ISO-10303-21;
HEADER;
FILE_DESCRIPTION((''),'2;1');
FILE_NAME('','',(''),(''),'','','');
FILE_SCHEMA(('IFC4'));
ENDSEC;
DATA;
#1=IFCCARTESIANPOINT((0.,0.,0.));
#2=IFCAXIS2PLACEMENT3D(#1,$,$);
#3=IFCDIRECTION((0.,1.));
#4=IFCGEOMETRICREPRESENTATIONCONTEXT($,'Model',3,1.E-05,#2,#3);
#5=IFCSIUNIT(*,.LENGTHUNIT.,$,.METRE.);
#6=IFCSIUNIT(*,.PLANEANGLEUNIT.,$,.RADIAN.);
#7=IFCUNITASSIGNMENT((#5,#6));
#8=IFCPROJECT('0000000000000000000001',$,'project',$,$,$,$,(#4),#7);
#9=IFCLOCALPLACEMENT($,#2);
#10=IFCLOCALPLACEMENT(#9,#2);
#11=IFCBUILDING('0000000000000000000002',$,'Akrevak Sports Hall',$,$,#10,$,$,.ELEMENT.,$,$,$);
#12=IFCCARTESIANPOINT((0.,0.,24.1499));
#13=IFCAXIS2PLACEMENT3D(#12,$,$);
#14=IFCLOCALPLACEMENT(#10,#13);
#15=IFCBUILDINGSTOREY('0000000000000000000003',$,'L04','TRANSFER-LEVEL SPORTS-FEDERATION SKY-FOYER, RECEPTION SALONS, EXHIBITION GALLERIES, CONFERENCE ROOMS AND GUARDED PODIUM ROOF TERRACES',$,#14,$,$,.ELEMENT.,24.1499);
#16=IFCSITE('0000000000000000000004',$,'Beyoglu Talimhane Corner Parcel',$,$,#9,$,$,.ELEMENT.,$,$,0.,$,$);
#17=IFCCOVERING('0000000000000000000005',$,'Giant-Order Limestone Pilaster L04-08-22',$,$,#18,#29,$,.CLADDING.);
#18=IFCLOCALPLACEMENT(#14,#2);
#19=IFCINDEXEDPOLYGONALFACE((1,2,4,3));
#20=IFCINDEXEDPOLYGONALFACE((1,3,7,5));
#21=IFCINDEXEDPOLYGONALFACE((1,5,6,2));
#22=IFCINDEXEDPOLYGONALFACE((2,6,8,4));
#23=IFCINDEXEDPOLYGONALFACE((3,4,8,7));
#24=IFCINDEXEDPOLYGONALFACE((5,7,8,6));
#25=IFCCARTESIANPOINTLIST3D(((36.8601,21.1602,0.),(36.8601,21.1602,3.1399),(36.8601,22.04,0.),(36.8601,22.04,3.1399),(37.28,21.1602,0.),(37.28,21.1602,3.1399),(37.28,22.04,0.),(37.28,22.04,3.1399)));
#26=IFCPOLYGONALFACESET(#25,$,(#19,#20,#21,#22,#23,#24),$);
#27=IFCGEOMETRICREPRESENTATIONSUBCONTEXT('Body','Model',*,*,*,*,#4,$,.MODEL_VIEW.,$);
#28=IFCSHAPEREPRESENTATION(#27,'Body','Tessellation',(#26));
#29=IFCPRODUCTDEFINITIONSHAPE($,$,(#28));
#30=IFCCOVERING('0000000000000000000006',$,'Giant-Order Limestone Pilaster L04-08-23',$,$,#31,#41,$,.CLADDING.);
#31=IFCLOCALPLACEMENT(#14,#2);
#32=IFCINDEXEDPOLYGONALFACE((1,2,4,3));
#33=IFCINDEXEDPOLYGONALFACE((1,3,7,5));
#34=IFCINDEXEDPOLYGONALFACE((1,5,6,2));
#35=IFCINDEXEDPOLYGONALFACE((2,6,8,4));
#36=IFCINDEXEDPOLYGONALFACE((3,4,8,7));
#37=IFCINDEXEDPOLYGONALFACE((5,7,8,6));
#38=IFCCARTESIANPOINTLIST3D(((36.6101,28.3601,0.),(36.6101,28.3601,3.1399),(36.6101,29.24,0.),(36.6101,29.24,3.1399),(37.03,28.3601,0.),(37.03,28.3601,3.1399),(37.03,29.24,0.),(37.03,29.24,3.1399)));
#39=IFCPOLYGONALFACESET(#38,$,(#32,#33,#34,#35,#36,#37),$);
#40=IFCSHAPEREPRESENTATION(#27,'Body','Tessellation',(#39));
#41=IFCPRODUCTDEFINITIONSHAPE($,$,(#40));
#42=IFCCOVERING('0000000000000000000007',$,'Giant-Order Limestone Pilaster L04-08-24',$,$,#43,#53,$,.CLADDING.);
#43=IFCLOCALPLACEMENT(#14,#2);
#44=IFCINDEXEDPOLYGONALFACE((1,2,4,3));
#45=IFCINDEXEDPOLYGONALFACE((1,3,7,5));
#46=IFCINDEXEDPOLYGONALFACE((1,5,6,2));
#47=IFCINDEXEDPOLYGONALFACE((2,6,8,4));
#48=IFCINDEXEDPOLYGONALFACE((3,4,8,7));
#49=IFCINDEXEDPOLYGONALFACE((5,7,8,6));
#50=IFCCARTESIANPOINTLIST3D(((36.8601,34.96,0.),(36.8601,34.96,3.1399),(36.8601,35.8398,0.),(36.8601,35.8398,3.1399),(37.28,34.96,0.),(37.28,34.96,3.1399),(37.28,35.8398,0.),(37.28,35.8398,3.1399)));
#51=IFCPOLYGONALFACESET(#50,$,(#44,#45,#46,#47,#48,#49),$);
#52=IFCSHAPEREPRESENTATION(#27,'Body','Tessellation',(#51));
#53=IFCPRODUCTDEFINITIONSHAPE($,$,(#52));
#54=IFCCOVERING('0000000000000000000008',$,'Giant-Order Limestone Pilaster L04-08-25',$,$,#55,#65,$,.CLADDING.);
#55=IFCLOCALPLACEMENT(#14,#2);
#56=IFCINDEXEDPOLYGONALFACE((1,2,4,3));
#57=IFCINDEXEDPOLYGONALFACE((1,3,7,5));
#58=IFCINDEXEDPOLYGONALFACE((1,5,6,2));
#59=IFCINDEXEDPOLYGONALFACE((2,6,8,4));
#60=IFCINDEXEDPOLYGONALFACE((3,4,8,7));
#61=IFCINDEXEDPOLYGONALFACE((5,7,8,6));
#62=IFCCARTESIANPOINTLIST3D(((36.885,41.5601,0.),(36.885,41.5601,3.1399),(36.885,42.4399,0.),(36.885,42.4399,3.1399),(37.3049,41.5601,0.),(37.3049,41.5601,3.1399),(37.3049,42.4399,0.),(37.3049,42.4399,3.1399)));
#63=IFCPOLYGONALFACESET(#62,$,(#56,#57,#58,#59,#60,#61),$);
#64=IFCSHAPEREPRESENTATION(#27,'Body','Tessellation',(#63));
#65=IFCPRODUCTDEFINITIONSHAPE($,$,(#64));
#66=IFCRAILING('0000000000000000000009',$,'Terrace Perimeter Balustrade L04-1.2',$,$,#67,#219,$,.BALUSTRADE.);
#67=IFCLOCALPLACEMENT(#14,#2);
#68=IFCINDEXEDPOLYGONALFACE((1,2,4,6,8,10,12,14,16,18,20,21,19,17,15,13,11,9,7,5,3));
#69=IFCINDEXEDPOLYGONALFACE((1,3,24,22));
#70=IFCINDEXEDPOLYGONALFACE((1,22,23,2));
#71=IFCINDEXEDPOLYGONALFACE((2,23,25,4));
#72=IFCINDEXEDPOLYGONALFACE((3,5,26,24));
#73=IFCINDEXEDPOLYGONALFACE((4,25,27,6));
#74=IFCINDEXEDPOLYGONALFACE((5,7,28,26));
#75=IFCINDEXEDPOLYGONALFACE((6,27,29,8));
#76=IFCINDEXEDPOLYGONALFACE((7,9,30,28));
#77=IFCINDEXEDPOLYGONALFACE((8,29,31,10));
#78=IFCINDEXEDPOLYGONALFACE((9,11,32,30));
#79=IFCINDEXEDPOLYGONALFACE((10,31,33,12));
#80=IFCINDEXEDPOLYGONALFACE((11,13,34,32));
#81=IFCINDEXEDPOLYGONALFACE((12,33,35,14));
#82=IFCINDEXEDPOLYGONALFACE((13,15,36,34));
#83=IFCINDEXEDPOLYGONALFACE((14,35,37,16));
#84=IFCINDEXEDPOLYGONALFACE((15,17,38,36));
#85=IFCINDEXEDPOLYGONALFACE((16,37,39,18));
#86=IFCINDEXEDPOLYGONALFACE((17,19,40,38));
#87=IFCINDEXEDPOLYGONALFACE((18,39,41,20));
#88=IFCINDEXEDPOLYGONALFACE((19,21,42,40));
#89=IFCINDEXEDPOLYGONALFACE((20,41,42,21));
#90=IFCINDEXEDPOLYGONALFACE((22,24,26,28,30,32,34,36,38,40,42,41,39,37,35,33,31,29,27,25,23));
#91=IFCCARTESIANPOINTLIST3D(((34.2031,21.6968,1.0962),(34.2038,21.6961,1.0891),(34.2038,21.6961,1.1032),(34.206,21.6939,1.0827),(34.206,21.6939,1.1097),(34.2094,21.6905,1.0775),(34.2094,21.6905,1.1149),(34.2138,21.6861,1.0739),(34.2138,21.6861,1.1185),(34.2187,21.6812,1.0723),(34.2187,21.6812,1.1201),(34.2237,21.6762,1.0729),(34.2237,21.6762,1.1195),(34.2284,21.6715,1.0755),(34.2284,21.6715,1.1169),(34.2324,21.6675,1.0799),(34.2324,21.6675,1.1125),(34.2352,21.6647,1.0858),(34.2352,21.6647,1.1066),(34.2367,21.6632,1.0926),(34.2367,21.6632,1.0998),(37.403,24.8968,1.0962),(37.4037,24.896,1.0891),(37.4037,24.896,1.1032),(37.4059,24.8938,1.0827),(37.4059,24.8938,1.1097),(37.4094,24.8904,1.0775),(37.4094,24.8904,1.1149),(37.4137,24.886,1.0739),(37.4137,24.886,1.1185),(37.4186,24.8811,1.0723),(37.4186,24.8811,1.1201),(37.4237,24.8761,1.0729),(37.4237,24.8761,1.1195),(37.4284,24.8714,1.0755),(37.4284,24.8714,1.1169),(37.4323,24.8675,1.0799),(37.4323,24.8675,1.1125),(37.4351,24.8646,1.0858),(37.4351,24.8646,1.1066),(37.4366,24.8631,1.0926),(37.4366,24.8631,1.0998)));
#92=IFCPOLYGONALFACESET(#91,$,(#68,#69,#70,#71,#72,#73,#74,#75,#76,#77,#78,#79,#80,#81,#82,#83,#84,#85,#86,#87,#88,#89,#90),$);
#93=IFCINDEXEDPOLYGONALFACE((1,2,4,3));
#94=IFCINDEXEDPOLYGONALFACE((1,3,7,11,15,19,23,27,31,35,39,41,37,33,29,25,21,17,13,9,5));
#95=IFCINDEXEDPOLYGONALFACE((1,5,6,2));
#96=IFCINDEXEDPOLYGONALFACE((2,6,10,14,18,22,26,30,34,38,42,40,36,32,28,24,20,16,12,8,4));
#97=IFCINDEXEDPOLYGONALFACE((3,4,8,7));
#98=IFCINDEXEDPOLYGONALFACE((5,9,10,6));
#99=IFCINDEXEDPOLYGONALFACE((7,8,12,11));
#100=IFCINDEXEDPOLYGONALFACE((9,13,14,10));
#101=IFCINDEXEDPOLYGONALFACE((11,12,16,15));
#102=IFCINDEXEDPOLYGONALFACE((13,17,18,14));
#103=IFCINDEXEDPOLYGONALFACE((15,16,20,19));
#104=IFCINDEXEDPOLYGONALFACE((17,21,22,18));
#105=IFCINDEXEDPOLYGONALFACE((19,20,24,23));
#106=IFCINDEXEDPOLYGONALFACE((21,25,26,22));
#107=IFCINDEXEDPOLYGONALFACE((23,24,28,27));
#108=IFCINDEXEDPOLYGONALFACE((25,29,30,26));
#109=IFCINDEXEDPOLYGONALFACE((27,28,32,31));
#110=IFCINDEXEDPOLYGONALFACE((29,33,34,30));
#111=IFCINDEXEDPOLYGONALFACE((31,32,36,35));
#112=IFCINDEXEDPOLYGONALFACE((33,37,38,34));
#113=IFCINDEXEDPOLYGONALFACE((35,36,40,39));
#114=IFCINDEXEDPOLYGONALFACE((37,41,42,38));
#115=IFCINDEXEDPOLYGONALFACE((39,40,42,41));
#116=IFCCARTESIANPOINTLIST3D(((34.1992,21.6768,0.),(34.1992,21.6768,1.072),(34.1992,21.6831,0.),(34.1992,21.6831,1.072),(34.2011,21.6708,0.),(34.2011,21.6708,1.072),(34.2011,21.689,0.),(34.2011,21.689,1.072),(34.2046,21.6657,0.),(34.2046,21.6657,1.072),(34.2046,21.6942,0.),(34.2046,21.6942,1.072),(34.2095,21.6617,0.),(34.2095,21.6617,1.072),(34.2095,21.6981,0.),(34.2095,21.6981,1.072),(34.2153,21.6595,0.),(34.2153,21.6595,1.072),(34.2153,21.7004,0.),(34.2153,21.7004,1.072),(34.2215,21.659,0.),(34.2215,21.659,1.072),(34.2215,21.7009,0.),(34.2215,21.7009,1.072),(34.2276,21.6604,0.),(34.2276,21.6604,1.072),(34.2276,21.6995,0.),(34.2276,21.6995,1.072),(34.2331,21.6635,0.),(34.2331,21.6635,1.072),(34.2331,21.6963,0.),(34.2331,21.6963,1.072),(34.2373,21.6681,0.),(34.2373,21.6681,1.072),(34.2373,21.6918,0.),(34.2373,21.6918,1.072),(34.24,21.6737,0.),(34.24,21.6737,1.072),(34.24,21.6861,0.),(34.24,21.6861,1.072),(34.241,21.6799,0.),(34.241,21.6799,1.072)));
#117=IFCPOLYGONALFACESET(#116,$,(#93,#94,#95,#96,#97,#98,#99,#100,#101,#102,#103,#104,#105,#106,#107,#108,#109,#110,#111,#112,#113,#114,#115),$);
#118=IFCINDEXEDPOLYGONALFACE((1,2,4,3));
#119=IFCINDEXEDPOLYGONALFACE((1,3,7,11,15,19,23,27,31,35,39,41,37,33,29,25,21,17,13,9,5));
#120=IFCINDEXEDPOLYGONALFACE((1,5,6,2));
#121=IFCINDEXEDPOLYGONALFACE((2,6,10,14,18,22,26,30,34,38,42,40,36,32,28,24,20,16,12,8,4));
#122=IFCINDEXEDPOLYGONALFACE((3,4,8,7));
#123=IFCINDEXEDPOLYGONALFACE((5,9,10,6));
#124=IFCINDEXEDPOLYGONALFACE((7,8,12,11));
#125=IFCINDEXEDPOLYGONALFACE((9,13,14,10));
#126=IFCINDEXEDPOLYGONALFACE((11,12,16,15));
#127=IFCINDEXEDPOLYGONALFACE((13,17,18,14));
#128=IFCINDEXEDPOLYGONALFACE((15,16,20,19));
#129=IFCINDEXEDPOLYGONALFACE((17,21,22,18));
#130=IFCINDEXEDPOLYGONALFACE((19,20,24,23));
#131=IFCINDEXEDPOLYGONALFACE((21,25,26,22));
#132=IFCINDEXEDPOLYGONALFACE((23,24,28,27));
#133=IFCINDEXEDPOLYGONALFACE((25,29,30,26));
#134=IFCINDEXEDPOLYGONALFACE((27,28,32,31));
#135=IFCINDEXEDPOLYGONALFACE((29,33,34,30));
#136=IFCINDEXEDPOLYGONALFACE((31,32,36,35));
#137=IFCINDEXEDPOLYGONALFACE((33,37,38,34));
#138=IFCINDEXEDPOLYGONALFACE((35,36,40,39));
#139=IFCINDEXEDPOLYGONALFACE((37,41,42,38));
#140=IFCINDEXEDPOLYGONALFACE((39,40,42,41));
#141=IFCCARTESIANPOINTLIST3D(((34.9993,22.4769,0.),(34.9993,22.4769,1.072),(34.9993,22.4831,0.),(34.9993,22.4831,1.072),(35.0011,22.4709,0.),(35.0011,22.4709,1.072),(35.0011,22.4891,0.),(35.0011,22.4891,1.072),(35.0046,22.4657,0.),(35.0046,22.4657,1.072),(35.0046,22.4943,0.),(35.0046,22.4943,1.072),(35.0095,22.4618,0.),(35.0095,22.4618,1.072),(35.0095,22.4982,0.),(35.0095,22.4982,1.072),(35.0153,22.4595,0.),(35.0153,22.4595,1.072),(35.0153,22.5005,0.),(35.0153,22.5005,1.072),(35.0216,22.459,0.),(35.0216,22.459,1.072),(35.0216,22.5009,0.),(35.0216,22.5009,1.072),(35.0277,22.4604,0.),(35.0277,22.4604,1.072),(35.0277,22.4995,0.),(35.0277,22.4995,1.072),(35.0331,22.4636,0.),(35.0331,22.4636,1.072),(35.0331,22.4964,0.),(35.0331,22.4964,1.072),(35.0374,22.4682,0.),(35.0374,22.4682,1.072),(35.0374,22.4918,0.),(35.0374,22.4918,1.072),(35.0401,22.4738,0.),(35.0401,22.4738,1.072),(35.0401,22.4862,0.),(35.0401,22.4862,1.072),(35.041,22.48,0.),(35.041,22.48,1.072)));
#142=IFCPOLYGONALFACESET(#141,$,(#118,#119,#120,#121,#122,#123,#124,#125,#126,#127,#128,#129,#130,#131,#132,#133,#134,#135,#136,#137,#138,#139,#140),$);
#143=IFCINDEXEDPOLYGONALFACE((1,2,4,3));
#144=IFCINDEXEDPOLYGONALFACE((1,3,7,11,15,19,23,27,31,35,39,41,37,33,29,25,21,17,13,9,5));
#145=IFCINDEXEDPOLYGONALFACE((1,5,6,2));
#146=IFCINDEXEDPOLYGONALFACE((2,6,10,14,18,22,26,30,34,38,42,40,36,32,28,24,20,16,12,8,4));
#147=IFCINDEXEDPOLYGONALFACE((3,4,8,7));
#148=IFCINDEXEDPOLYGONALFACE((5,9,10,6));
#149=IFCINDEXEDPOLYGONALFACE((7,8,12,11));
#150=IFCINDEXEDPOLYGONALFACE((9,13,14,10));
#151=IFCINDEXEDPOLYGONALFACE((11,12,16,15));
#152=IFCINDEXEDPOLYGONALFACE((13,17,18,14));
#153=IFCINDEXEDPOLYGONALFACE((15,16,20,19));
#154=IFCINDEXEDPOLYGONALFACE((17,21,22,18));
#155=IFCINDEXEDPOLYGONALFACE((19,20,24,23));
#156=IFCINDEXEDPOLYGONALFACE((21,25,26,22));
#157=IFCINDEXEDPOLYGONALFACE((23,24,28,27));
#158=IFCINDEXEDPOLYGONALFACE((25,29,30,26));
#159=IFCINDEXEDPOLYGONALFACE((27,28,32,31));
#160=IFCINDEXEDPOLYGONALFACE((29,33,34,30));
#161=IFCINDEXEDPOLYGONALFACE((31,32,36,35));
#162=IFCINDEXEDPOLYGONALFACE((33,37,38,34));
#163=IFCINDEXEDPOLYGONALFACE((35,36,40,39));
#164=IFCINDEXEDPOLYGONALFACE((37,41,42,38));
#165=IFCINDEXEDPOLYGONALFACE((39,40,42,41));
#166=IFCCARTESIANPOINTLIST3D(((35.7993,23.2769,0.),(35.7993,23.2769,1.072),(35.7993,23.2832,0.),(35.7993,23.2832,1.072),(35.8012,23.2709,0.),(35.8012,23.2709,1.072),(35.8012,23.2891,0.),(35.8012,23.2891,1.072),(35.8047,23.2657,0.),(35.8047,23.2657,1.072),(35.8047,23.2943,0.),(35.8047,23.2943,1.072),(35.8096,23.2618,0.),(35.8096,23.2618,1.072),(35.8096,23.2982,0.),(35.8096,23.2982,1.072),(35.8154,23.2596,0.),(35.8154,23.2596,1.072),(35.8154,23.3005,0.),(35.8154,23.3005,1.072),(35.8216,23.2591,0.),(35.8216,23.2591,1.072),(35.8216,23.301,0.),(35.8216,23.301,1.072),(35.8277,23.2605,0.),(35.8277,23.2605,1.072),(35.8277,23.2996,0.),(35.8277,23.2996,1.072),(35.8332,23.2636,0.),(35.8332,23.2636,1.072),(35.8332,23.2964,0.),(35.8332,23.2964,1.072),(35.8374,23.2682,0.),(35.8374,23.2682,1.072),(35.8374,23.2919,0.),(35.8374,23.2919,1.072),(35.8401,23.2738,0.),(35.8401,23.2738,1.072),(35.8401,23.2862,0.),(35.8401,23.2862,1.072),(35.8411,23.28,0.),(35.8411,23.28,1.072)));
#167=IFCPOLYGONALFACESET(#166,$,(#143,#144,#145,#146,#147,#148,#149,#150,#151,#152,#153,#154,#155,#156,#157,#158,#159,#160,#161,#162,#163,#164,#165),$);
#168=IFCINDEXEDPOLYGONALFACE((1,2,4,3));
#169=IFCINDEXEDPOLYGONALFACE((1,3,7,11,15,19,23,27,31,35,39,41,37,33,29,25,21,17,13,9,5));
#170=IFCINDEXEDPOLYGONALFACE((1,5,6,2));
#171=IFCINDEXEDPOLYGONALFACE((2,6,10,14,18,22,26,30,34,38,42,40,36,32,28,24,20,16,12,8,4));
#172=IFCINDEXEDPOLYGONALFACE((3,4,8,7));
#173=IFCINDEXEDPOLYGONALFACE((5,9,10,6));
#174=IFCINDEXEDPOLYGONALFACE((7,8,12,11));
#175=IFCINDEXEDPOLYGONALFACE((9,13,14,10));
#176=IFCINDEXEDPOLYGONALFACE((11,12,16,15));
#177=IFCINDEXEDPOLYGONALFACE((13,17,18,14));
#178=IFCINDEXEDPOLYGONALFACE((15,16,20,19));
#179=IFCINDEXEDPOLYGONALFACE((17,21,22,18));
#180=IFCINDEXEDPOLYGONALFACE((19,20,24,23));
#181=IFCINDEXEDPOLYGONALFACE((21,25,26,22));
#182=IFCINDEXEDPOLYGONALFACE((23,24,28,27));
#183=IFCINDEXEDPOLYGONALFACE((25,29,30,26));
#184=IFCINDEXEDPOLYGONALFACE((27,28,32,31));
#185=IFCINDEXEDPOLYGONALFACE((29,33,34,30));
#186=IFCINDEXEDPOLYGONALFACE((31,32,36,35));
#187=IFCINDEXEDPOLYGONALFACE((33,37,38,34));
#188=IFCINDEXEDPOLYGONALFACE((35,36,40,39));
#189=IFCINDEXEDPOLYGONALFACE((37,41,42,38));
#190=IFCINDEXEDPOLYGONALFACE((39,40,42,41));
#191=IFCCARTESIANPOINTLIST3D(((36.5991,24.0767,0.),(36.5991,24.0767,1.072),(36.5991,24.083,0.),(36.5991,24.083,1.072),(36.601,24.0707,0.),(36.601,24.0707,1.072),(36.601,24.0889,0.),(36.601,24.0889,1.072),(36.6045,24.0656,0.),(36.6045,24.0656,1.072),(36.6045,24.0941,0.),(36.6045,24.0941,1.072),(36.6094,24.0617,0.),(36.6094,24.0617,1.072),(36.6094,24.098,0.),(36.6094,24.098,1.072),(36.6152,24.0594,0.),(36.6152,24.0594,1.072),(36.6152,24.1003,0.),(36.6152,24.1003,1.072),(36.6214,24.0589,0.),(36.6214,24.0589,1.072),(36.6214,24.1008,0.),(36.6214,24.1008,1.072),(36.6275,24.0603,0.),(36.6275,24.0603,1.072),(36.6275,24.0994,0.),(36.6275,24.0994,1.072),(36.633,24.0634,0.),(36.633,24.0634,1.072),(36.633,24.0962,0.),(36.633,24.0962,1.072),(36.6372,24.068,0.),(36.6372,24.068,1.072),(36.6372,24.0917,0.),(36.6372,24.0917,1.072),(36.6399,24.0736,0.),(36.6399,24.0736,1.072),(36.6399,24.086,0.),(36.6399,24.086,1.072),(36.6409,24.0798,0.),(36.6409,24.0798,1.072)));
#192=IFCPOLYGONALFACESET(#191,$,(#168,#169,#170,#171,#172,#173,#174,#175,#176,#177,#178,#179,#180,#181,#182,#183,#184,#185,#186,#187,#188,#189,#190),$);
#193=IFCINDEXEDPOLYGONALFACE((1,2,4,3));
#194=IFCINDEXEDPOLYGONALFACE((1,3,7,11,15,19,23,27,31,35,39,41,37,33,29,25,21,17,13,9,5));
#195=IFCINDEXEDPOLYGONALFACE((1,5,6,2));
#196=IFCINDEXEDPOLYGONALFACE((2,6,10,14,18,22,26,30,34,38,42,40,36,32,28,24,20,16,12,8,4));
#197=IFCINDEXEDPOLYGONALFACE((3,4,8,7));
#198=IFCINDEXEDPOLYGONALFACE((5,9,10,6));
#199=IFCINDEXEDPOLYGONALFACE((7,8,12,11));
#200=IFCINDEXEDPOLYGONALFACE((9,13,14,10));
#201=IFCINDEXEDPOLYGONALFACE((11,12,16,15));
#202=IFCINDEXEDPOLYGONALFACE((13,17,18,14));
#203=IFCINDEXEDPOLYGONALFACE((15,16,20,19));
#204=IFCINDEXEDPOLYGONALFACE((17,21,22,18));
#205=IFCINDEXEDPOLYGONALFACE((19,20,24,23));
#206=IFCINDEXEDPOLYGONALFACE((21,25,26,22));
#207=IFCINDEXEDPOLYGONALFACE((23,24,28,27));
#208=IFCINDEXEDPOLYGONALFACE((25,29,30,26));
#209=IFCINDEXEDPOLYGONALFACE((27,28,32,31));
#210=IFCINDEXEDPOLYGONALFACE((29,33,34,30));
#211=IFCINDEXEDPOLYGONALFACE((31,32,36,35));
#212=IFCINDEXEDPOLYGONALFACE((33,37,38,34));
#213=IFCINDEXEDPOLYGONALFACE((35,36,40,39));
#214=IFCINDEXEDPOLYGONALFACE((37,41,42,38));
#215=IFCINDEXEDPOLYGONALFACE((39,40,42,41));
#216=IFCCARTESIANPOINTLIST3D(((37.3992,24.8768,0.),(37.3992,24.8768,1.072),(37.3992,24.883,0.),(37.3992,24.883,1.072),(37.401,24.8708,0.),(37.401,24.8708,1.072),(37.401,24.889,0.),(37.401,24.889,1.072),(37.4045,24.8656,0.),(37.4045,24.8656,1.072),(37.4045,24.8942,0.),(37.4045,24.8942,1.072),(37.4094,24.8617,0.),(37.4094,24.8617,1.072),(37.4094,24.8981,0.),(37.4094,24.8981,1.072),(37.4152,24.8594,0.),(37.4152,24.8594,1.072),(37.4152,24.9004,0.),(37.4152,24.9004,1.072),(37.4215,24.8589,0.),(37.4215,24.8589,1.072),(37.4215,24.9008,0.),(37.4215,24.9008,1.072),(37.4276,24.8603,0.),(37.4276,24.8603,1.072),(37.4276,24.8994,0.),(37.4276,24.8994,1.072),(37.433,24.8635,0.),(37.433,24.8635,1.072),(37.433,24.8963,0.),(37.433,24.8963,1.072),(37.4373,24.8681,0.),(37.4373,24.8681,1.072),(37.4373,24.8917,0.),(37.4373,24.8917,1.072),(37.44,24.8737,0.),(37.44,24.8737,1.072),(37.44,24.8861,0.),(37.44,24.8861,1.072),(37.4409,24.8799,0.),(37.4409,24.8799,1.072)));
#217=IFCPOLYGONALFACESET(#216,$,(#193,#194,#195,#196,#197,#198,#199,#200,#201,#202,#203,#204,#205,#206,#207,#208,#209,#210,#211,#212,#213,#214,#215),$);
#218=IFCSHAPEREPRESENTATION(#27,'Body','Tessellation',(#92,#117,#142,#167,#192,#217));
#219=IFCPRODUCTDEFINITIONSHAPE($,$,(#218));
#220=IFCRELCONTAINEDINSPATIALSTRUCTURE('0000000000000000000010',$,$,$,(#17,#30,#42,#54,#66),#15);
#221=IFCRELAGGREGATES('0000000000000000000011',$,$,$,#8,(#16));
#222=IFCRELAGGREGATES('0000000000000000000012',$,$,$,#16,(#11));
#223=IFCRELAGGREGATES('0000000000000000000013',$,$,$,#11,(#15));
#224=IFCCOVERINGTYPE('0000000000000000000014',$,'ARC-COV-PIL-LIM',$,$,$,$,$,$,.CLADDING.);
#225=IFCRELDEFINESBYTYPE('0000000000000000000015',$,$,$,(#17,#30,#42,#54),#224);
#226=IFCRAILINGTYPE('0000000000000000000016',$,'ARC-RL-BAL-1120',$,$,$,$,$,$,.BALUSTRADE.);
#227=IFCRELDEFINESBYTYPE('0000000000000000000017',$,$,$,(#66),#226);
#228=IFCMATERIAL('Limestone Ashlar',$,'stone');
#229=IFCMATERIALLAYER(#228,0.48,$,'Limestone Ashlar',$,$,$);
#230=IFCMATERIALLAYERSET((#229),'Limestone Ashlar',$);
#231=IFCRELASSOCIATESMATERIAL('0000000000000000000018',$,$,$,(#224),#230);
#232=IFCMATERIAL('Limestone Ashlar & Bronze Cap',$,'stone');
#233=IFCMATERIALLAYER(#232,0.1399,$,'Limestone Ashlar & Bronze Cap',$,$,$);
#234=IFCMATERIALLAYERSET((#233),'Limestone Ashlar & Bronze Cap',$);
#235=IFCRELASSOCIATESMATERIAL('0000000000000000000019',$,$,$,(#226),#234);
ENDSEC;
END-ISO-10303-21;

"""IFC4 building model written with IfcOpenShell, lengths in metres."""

from ifc_helpers import new_model, si_unit, direction, frame, origin, origin_2d, place, context, subcontext, project, spatial, rectangle, circle, extrude, material, layer, layer_set, type_object, element, save


model = new_model("IFC4")

# Units and contexts
model_context = context("Model", 3, precision=1e-05, world=origin(), true_north=direction((0.0, 1.0)))
body_context = subcontext(model_context, "Body", "Model", "MODEL_VIEW")
ifc_project = project(units=[si_unit("LENGTHUNIT", "METRE"), si_unit("PLANEANGLEUNIT", "RADIAN")], contexts=[model_context])

# Site, building, storey
site_placement = place(None, origin())
site = spatial("IfcSite", under=ifc_project, at=site_placement, Name="Beyoglu Talimhane Corner Parcel", CompositionType="ELEMENT", RefElevation=0.0)
building_placement = place(site_placement, origin())
building = spatial("IfcBuilding", under=site, at=building_placement, Name="Akrevak Sports Hall", CompositionType="ELEMENT")
storey_placement = place(building_placement, frame((0.0, 0.0, 24.1499)))
storey = spatial("IfcBuildingStorey", under=building, at=storey_placement, Name="L04", Description="TRANSFER-LEVEL SPORTS-FEDERATION SKY-FOYER, RECEPTION SALONS, EXHIBITION GALLERIES, CONFERENCE ROOMS AND GUARDED PODIUM ROOF TERRACES", CompositionType="ELEMENT", Elevation=24.1499)

# Shared definitions
ifc_material_1 = material(Name="Limestone Ashlar", Category="stone")

# Coverings
ifc_layer_1 = layer(ifc_material_1, 0.48, Name="Limestone Ashlar")
ifc_layer_set_1 = layer_set([ifc_layer_1], Name="Limestone Ashlar")
covering_type = type_object("IfcCoveringType", Name="ARC-COV-PIL-LIM", PredefinedType="CLADDING", material=ifc_layer_set_1)
for number, where, z_axis, x_axis, name in (
    (1, (37.0701, 21.6001, 0.0), (0.0, 0.0, 1.0), (0.0, -1.0, 0.0), "Giant-Order Limestone Pilaster L04-08-22"),
    (2, (36.8201, 28.8, 0.0), (0.0, 0.0, 1.0), (0.0, -1.0, 0.0), "Giant-Order Limestone Pilaster L04-08-23"),
    (3, (37.0701, 35.3999, 0.0), (0.0, 0.0, 1.0), (0.0, -1.0, 0.0), "Giant-Order Limestone Pilaster L04-08-24"),
    (4, (37.095, 42.0, 0.0), (0.0, 0.0, 1.0), (0.0, -1.0, 0.0), "Giant-Order Limestone Pilaster L04-08-25"),
):
    element("IfcCovering", number, at=place(storey_placement, frame(where, z_axis=z_axis, x_axis=x_axis)), inside=storey, type_object=covering_type, Name=name, PredefinedType="CLADDING", context=body_context, shape_type="SweptSolid", body=[
        extrude(rectangle(XDim=0.8799, YDim=0.4199, at=origin_2d()), origin(), (0.0, 0.0, 1.0), 3.1399),
    ])

# Railing
ifc_material_2 = material(Name="Limestone Ashlar & Bronze Cap", Category="stone")
ifc_layer_2 = layer(ifc_material_2, 0.1399, Name="Limestone Ashlar & Bronze Cap")
ifc_layer_set_2 = layer_set([ifc_layer_2], Name="Limestone Ashlar & Bronze Cap")
railing_type = type_object("IfcRailingType", Name="ARC-RL-BAL-1120", PredefinedType="BALUSTRADE", material=ifc_layer_set_2)
railing_1_placement = place(storey_placement, frame((34.22, 21.6799, 0.0)))
element("IfcRailing", 5, at=railing_1_placement, inside=storey, type_object=railing_type, Name="Terrace Perimeter Balustrade L04-1.2", PredefinedType="BALUSTRADE", context=body_context, shape_type="SweptSolid", body=[
    extrude(circle(Radius=0.0239, at=origin_2d()), frame((0.0, 0.0, 1.0962), z_axis=(0.707107, 0.707107, 0.0), x_axis=(-0.707107, 0.707107, 0.0)), (0.0, 0.0, 1.0), 4.5254),
    extrude(circle(Radius=0.021, at=origin_2d()), origin(), (0.0, 0.0, 1.0), 1.072),
    extrude(circle(Radius=0.021, at=origin_2d()), frame((0.8, 0.8, 0.0)), (0.0, 0.0, 1.0), 1.072),
    extrude(circle(Radius=0.021, at=origin_2d()), frame((1.6001, 1.6001, 0.0)), (0.0, 0.0, 1.0), 1.072),
    extrude(circle(Radius=0.021, at=origin_2d()), frame((2.3999, 2.3999, 0.0)), (0.0, 0.0, 1.0), 1.072),
    extrude(circle(Radius=0.021, at=origin_2d()), frame((3.2, 3.2, 0.0)), (0.0, 0.0, 1.0), 1.072),
])

save(model, "model.ifc")
